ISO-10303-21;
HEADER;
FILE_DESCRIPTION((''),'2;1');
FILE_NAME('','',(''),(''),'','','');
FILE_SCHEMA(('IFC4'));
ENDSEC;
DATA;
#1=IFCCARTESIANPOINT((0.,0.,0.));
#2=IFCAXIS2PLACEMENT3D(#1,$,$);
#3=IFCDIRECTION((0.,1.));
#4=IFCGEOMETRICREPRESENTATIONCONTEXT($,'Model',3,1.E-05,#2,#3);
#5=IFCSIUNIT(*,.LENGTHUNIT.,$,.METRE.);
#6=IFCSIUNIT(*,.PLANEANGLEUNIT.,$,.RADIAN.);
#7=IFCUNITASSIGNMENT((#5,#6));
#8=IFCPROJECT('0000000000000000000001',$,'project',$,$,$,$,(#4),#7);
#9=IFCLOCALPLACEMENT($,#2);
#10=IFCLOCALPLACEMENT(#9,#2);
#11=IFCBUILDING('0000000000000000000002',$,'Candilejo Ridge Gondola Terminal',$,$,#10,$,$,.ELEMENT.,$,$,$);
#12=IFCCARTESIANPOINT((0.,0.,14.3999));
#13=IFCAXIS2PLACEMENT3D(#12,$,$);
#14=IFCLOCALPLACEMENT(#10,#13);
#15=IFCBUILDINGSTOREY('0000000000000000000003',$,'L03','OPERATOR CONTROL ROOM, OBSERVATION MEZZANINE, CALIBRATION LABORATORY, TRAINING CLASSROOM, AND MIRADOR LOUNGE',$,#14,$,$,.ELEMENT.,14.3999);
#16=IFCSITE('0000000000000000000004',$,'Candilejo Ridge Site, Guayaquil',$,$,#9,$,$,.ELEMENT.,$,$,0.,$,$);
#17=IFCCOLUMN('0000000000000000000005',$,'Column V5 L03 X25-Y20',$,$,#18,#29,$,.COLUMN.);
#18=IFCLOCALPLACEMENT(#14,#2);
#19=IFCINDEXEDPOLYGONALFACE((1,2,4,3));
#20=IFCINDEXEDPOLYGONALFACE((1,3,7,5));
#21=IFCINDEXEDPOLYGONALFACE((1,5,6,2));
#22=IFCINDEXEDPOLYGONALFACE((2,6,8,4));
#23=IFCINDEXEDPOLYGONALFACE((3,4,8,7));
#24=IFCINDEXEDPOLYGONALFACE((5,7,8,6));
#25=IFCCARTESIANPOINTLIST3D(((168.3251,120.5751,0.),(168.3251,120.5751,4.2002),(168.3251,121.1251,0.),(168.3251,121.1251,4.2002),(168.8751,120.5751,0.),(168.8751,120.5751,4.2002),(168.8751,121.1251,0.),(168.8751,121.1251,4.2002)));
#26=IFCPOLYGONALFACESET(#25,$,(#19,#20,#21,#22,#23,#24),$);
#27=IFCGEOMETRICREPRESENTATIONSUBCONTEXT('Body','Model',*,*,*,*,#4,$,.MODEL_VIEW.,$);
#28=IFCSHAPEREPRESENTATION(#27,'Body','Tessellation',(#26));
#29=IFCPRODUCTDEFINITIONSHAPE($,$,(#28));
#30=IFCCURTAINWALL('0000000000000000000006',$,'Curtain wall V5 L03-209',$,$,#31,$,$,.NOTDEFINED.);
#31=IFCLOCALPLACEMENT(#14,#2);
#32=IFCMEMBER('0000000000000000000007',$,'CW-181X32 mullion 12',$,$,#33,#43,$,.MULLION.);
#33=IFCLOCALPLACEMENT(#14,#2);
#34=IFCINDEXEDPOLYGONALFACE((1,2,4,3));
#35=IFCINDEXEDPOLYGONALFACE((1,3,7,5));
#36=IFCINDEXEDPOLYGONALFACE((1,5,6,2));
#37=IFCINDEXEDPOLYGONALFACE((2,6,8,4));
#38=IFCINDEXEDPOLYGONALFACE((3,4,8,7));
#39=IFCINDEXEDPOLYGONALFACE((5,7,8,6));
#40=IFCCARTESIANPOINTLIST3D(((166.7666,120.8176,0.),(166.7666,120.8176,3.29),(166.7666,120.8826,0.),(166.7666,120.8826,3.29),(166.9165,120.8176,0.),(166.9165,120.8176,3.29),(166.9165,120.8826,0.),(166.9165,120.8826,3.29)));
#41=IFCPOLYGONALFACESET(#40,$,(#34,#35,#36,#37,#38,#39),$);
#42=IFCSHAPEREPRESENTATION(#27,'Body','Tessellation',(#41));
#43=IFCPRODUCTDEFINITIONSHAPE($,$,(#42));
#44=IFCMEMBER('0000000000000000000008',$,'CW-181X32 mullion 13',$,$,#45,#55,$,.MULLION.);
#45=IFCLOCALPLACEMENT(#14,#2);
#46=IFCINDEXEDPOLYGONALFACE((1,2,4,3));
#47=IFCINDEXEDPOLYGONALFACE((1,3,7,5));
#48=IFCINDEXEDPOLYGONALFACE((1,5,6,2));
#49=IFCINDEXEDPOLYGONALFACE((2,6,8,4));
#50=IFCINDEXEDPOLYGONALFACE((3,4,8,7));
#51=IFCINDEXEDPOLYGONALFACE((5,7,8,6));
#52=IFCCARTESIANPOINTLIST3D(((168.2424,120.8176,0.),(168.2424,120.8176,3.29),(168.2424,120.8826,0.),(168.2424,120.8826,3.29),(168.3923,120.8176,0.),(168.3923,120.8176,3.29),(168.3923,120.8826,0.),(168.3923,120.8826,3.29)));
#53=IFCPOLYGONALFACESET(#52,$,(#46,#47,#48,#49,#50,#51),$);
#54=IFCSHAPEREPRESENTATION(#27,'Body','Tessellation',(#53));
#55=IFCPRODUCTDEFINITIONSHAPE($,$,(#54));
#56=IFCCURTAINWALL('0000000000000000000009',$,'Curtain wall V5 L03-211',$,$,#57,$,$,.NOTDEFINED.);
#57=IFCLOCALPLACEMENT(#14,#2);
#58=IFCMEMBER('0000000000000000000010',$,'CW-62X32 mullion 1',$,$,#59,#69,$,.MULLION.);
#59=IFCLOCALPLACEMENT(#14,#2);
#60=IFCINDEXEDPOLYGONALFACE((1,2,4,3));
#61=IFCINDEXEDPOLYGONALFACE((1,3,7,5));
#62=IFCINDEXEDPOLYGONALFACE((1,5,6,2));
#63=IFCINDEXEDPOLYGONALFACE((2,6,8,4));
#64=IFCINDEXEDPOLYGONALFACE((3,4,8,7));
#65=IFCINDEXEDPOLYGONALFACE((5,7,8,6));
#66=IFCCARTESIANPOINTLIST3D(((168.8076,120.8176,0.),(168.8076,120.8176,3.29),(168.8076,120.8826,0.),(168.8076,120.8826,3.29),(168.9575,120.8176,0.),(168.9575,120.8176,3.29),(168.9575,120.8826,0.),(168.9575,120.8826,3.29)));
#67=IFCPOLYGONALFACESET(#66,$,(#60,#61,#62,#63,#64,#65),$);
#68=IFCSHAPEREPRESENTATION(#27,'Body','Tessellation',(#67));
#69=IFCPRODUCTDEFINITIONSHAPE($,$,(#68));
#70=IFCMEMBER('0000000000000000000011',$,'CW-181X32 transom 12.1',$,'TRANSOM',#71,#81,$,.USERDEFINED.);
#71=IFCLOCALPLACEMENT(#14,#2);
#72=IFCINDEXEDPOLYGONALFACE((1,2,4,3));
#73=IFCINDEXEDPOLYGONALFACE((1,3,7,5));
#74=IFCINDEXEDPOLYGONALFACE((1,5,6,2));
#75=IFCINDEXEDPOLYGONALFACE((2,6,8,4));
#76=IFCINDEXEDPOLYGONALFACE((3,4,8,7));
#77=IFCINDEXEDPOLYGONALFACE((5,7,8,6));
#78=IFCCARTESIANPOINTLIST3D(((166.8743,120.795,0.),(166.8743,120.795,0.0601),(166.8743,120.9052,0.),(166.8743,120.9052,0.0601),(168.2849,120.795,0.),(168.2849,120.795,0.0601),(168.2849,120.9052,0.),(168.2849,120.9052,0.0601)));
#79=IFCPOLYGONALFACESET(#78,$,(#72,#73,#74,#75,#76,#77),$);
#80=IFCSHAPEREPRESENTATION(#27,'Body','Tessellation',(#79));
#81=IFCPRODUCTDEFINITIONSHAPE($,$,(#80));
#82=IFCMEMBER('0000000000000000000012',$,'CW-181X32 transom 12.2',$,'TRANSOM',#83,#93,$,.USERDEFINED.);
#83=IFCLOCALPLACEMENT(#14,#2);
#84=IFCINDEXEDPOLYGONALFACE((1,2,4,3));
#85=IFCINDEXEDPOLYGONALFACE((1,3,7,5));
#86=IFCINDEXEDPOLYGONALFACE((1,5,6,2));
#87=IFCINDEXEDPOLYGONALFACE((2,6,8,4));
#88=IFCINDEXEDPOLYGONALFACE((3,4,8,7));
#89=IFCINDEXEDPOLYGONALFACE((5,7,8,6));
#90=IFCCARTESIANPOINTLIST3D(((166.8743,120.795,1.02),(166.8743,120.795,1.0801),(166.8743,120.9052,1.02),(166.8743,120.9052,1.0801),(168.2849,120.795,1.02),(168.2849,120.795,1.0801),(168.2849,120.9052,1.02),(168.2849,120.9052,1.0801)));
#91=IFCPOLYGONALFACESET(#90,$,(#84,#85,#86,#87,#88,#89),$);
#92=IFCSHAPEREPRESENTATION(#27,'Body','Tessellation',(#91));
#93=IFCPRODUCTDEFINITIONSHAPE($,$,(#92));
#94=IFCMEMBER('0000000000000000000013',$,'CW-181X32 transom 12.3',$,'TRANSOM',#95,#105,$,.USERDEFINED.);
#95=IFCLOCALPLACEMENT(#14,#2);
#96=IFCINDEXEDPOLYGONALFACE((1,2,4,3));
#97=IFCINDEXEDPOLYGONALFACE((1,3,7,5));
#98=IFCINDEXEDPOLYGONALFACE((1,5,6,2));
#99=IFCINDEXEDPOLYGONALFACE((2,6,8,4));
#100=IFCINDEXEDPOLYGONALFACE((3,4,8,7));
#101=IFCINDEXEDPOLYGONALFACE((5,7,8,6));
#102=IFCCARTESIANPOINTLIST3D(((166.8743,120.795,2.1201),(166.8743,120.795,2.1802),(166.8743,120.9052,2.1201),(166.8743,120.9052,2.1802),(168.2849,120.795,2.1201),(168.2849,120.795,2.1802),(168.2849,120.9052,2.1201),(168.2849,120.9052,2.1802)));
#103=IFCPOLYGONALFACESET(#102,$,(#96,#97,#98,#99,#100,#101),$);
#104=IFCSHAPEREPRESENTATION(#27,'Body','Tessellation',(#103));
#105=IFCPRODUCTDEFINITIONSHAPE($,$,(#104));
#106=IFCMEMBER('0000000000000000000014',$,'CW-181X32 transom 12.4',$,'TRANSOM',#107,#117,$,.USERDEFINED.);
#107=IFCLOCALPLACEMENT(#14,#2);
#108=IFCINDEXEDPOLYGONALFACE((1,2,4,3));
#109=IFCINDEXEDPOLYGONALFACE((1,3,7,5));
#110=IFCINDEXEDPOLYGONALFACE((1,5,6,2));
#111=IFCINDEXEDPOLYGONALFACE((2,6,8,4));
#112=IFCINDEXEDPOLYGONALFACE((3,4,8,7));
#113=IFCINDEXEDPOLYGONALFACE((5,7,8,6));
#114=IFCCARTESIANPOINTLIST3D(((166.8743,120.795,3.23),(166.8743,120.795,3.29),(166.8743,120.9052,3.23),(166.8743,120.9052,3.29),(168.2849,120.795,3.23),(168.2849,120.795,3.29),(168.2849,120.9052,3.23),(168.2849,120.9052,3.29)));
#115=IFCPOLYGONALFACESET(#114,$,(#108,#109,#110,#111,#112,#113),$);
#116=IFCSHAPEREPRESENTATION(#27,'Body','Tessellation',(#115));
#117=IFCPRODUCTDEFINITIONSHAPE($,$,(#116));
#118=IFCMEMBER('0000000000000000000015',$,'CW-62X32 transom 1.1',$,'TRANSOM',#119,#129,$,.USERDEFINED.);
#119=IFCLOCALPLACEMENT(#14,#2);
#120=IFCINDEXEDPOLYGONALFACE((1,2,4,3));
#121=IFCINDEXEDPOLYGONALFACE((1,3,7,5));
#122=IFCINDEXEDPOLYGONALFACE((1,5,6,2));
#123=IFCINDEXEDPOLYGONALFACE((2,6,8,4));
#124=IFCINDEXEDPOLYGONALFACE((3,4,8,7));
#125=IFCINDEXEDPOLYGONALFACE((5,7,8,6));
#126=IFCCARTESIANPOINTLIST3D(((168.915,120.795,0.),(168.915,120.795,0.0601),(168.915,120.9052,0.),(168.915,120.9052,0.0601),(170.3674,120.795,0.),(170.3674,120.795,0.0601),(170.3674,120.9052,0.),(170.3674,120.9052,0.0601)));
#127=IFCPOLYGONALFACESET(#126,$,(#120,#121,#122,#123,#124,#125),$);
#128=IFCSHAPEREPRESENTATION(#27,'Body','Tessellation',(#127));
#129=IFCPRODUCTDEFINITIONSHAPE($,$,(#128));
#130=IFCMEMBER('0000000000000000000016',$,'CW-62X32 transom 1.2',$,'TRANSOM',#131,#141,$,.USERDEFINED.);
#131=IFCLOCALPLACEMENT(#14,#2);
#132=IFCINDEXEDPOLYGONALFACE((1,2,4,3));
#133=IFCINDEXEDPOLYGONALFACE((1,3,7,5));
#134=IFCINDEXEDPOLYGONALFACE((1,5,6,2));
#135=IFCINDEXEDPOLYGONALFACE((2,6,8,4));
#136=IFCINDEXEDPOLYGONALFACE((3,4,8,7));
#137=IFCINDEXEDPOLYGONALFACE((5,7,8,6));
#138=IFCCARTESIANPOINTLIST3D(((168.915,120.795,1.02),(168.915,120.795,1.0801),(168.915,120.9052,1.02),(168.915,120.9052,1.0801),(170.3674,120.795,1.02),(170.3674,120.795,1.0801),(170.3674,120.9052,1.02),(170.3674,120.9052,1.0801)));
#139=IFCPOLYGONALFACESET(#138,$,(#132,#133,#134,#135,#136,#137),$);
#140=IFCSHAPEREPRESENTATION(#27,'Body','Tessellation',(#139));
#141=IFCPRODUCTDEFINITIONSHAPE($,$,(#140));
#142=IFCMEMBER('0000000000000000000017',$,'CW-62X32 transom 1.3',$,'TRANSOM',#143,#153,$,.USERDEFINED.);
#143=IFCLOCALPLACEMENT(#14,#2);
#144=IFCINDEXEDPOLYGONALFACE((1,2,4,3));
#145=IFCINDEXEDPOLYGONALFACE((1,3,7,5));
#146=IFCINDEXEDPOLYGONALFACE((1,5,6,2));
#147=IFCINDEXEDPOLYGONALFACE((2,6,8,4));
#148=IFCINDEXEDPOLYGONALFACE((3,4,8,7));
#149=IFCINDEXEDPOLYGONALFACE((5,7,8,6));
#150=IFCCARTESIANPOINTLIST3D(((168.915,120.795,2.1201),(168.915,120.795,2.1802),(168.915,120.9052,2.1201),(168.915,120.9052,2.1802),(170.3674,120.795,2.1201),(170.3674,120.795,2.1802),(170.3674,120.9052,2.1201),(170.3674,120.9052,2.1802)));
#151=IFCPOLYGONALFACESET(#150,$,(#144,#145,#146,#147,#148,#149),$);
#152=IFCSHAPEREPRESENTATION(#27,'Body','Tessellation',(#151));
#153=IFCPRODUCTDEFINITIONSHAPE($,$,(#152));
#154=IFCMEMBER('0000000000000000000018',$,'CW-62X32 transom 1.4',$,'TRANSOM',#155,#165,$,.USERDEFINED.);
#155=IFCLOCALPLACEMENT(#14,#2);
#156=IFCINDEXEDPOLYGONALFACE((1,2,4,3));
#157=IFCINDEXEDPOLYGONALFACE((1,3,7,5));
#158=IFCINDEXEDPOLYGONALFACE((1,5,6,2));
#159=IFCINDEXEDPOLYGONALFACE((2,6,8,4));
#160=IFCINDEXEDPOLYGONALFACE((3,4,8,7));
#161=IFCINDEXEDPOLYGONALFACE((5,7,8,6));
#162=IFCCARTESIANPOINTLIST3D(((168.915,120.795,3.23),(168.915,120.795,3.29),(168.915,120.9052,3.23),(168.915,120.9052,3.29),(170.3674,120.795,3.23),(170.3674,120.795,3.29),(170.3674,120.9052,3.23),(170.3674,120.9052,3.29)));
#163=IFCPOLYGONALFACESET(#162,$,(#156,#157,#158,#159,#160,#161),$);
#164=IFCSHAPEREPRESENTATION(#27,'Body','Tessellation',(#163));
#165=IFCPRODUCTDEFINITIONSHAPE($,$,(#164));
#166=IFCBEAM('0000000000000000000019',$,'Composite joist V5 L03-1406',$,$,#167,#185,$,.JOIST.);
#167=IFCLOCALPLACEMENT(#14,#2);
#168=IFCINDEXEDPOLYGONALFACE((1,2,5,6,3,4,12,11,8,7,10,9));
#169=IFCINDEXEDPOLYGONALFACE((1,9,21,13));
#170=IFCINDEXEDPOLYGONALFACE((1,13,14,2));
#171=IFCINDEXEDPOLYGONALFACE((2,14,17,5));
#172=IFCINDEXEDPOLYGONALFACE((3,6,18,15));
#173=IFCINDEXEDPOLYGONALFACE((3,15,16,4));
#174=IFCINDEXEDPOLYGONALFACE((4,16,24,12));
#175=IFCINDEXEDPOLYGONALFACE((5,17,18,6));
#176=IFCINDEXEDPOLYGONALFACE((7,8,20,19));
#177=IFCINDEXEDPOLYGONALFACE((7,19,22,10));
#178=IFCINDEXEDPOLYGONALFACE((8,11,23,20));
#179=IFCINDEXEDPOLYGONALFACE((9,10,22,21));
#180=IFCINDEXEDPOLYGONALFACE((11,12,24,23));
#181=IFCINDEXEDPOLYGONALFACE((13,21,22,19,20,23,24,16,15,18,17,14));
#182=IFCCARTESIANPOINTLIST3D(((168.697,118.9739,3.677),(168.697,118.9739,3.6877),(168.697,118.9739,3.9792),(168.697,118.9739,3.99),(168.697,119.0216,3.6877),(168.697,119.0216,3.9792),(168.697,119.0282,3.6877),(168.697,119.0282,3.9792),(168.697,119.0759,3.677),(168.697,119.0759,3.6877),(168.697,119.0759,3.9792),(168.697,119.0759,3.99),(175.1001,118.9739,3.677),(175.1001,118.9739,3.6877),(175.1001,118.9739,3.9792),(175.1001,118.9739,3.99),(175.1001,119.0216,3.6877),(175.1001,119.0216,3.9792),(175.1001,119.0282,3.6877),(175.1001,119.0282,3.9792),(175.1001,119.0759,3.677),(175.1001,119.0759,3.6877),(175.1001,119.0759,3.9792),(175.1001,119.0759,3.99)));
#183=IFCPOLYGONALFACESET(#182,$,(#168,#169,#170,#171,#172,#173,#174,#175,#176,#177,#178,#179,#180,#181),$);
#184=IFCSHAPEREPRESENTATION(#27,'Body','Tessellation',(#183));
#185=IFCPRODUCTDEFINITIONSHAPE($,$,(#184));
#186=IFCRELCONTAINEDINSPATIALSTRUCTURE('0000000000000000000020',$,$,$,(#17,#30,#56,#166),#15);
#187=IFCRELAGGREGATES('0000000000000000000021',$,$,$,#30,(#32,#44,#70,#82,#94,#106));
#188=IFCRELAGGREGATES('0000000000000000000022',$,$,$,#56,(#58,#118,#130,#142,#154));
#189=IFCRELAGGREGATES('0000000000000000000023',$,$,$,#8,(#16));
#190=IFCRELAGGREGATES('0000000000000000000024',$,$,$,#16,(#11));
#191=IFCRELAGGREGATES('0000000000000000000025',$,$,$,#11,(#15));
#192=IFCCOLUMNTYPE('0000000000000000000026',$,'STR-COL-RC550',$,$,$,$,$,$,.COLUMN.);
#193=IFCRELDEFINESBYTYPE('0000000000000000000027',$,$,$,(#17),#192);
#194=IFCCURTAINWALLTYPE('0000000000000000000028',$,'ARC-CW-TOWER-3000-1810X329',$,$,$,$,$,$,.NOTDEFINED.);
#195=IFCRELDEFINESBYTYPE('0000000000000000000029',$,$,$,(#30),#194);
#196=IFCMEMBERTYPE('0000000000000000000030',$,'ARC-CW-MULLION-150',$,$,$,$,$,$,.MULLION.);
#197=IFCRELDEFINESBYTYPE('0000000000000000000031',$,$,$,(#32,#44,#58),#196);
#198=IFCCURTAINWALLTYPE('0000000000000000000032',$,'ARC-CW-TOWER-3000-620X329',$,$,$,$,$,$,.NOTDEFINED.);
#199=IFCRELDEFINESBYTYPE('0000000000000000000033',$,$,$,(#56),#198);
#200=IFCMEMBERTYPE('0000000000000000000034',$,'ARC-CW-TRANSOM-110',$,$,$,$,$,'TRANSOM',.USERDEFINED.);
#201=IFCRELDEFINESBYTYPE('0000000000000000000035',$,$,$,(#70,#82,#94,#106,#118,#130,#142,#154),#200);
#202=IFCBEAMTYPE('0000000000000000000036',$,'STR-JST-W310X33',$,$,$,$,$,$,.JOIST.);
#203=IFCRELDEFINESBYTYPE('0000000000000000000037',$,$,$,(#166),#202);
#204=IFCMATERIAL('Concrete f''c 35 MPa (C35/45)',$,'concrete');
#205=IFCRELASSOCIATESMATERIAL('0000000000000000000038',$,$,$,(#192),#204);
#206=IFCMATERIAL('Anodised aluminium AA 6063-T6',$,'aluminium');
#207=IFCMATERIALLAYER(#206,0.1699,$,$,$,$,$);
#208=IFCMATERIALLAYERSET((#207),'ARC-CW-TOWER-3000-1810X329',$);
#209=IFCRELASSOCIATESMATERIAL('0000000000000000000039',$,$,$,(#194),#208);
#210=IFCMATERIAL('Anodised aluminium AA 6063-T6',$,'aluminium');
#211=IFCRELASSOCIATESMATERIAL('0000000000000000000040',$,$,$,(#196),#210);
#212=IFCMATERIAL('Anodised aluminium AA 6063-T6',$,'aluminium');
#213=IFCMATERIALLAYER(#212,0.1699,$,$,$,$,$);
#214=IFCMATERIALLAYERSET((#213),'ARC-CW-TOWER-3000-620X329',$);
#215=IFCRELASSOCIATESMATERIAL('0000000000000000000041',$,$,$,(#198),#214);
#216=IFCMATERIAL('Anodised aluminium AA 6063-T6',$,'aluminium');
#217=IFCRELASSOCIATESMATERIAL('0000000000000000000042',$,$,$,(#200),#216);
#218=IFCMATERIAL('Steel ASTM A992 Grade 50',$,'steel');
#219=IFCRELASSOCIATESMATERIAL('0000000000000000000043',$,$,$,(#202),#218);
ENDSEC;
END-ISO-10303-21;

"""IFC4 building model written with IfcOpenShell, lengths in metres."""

from ifc_helpers import new_model, si_unit, direction, frame, origin, origin_2d, place, context, subcontext, project, spatial, rectangle, i_section, extrude, material, layer, layer_set, material_profile, profile_set, type_object, element, aggregate, save


model = new_model("IFC4")

# Units and contexts
model_context = context("Model", 3, precision=1e-05, world=origin(), true_north=direction((0.0, 1.0)))
body_context = subcontext(model_context, "Body", "Model", "MODEL_VIEW")
ifc_project = project(units=[si_unit("LENGTHUNIT", "METRE"), si_unit("PLANEANGLEUNIT", "RADIAN")], contexts=[model_context])

# Site, building, storey
site_placement = place(None, origin())
site = spatial("IfcSite", under=ifc_project, at=site_placement, Name="Candilejo Ridge Site, Guayaquil", CompositionType="ELEMENT", RefElevation=0.0)
building_placement = place(site_placement, origin())
building = spatial("IfcBuilding", under=site, at=building_placement, Name="Candilejo Ridge Gondola Terminal", CompositionType="ELEMENT")
storey_placement = place(building_placement, frame((0.0, 0.0, 14.3999)))
storey = spatial("IfcBuildingStorey", under=building, at=storey_placement, Name="L03", Description="OPERATOR CONTROL ROOM, OBSERVATION MEZZANINE, CALIBRATION LABORATORY, TRAINING CLASSROOM, AND MIRADOR LOUNGE", CompositionType="ELEMENT", Elevation=14.3999)

# Column
ifc_material_1 = material(Name="Concrete f'c 35 MPa (C35/45)", Category="concrete")
ifc_material_profile_1 = material_profile(ifc_material_1, rectangle(XDim=0.55, YDim=0.55, at=origin_2d()))
ifc_profile_set_1 = profile_set([ifc_material_profile_1], Name="Concrete f'c 35 MPa (C35/45)")
column_type = type_object("IfcColumnType", Name="STR-COL-RC550", PredefinedType="COLUMN", material=ifc_profile_set_1)
column_placement = place(storey_placement, frame((168.6001, 120.8501, 0.0), z_axis=(0.0, 0.0, 1.0), x_axis=(1.0, 0.0, 0.0)))
element("IfcColumn", 1, at=column_placement, inside=storey, type_object=column_type, Name="Column V5 L03 X25-Y20", PredefinedType="COLUMN", context=body_context, shape_type="SweptSolid", body=[
    extrude(rectangle(XDim=0.55, YDim=0.55, at=origin_2d()), origin(), (0.0, 0.0, 1.0), 4.2002),
])

# Curtain wall, members
ifc_material_2 = material(Name="Anodised aluminium AA 6063-T6", Category="aluminium")
ifc_layer_1 = layer(ifc_material_2, 0.1699)
ifc_layer_set_1 = layer_set([ifc_layer_1], Name="ARC-CW-TOWER-3000-1810X329")
curtain_wall_type_1 = type_object("IfcCurtainWallType", Name="ARC-CW-TOWER-3000-1810X329", PredefinedType="NOTDEFINED", material=ifc_layer_set_1)
curtain_wall_1_placement = place(storey_placement, origin())
curtain_wall_1 = element("IfcCurtainWall", 2, at=curtain_wall_1_placement, inside=storey, type_object=curtain_wall_type_1, Name="Curtain wall V5 L03-209", PredefinedType="NOTDEFINED")
ifc_material_3 = material(Name="Anodised aluminium AA 6063-T6", Category="aluminium")
ifc_material_profile_2 = material_profile(ifc_material_3, rectangle(XDim=0.0649, YDim=0.1499, at=origin_2d()))
ifc_profile_set_2 = profile_set([ifc_material_profile_2], Name="Anodised aluminium AA 6063-T6")
member_type_1 = type_object("IfcMemberType", Name="ARC-CW-MULLION-150", PredefinedType="MULLION", material=ifc_profile_set_2)
member_1_placement = place(storey_placement, frame((166.8416, 120.8501, 0.0), z_axis=(0.0, 0.0, 1.0), x_axis=(0.0, 1.0, 0.0)))
member_1 = element("IfcMember", 3, at=member_1_placement, type_object=member_type_1, Name="CW-181X32 mullion 12", PredefinedType="MULLION", context=body_context, shape_type="SweptSolid", body=[
    extrude(rectangle(XDim=0.0649, YDim=0.1499, at=origin_2d()), origin(), (0.0, 0.0, 1.0), 3.29),
])
member_2_placement = place(storey_placement, frame((168.3174, 120.8501, 0.0), z_axis=(0.0, 0.0, 1.0), x_axis=(0.0, 1.0, 0.0)))
member_2 = element("IfcMember", 4, at=member_2_placement, type_object=member_type_1, Name="CW-181X32 mullion 13", PredefinedType="MULLION", context=body_context, shape_type="SweptSolid", body=[
    extrude(rectangle(XDim=0.0649, YDim=0.1499, at=origin_2d()), origin(), (0.0, 0.0, 1.0), 3.29),
])

# Curtain wall, member
ifc_material_4 = material(Name="Anodised aluminium AA 6063-T6", Category="aluminium")
ifc_layer_2 = layer(ifc_material_4, 0.1699)
ifc_layer_set_2 = layer_set([ifc_layer_2], Name="ARC-CW-TOWER-3000-620X329")
curtain_wall_type_2 = type_object("IfcCurtainWallType", Name="ARC-CW-TOWER-3000-620X329", PredefinedType="NOTDEFINED", material=ifc_layer_set_2)
curtain_wall_2_placement = place(storey_placement, origin())
curtain_wall_2 = element("IfcCurtainWall", 5, at=curtain_wall_2_placement, inside=storey, type_object=curtain_wall_type_2, Name="Curtain wall V5 L03-211", PredefinedType="NOTDEFINED")
member_3_placement = place(storey_placement, frame((168.8826, 120.8501, 0.0), z_axis=(0.0, 0.0, 1.0), x_axis=(0.0, 1.0, 0.0)))
member_3 = element("IfcMember", 6, at=member_3_placement, type_object=member_type_1, Name="CW-62X32 mullion 1", PredefinedType="MULLION", context=body_context, shape_type="SweptSolid", body=[
    extrude(rectangle(XDim=0.0649, YDim=0.1499, at=origin_2d()), origin(), (0.0, 0.0, 1.0), 3.29),
])

# Members
ifc_material_5 = material(Name="Anodised aluminium AA 6063-T6", Category="aluminium")
ifc_material_profile_3 = material_profile(ifc_material_5, rectangle(XDim=0.1101, YDim=0.0601, at=origin_2d()))
ifc_profile_set_3 = profile_set([ifc_material_profile_3], Name="Anodised aluminium AA 6063-T6")
member_type_2 = type_object("IfcMemberType", Name="ARC-CW-TRANSOM-110", ElementType="TRANSOM", PredefinedType="USERDEFINED", material=ifc_profile_set_3)
member_4_placement = place(storey_placement, frame((166.8743, 120.8501, 0.03), z_axis=(1.0, 0.0, 0.0), x_axis=(0.0, 1.0, 0.0)))
member_4 = element("IfcMember", 7, at=member_4_placement, type_object=member_type_2, Name="CW-181X32 transom 12.1", ObjectType="TRANSOM", PredefinedType="USERDEFINED", context=body_context, shape_type="SweptSolid", body=[
    extrude(rectangle(XDim=0.1101, YDim=0.0601, at=origin_2d()), origin(), (0.0, 0.0, 1.0), 1.4106),
])
member_5_placement = place(storey_placement, frame((166.8743, 120.8501, 1.05), z_axis=(1.0, 0.0, 0.0), x_axis=(0.0, 1.0, 0.0)))
member_5 = element("IfcMember", 8, at=member_5_placement, type_object=member_type_2, Name="CW-181X32 transom 12.2", ObjectType="TRANSOM", PredefinedType="USERDEFINED", context=body_context, shape_type="SweptSolid", body=[
    extrude(rectangle(XDim=0.1101, YDim=0.0601, at=origin_2d()), origin(), (0.0, 0.0, 1.0), 1.4106),
])
member_6_placement = place(storey_placement, frame((166.8743, 120.8501, 2.1501), z_axis=(1.0, 0.0, 0.0), x_axis=(0.0, 1.0, 0.0)))
member_6 = element("IfcMember", 9, at=member_6_placement, type_object=member_type_2, Name="CW-181X32 transom 12.3", ObjectType="TRANSOM", PredefinedType="USERDEFINED", context=body_context, shape_type="SweptSolid", body=[
    extrude(rectangle(XDim=0.1101, YDim=0.0601, at=origin_2d()), origin(), (0.0, 0.0, 1.0), 1.4106),
])
member_7_placement = place(storey_placement, frame((166.8743, 120.8501, 3.26), z_axis=(1.0, 0.0, 0.0), x_axis=(0.0, 1.0, 0.0)))
member_7 = element("IfcMember", 10, at=member_7_placement, type_object=member_type_2, Name="CW-181X32 transom 12.4", ObjectType="TRANSOM", PredefinedType="USERDEFINED", context=body_context, shape_type="SweptSolid", body=[
    extrude(rectangle(XDim=0.1101, YDim=0.0601, at=origin_2d()), origin(), (0.0, 0.0, 1.0), 1.4106),
])
member_8_placement = place(storey_placement, frame((168.915, 120.8501, 0.03), z_axis=(1.0, 0.0, 0.0), x_axis=(0.0, 1.0, 0.0)))
member_8 = element("IfcMember", 11, at=member_8_placement, type_object=member_type_2, Name="CW-62X32 transom 1.1", ObjectType="TRANSOM", PredefinedType="USERDEFINED", context=body_context, shape_type="SweptSolid", body=[
    extrude(rectangle(XDim=0.1101, YDim=0.0601, at=origin_2d()), origin(), (0.0, 0.0, 1.0), 1.4524),
])
member_9_placement = place(storey_placement, frame((168.915, 120.8501, 1.05), z_axis=(1.0, 0.0, 0.0), x_axis=(0.0, 1.0, 0.0)))
member_9 = element("IfcMember", 12, at=member_9_placement, type_object=member_type_2, Name="CW-62X32 transom 1.2", ObjectType="TRANSOM", PredefinedType="USERDEFINED", context=body_context, shape_type="SweptSolid", body=[
    extrude(rectangle(XDim=0.1101, YDim=0.0601, at=origin_2d()), origin(), (0.0, 0.0, 1.0), 1.4524),
])
member_10_placement = place(storey_placement, frame((168.915, 120.8501, 2.1501), z_axis=(1.0, 0.0, 0.0), x_axis=(0.0, 1.0, 0.0)))
member_10 = element("IfcMember", 13, at=member_10_placement, type_object=member_type_2, Name="CW-62X32 transom 1.3", ObjectType="TRANSOM", PredefinedType="USERDEFINED", context=body_context, shape_type="SweptSolid", body=[
    extrude(rectangle(XDim=0.1101, YDim=0.0601, at=origin_2d()), origin(), (0.0, 0.0, 1.0), 1.4524),
])
member_11_placement = place(storey_placement, frame((168.915, 120.8501, 3.26), z_axis=(1.0, 0.0, 0.0), x_axis=(0.0, 1.0, 0.0)))
member_11 = element("IfcMember", 14, at=member_11_placement, type_object=member_type_2, Name="CW-62X32 transom 1.4", ObjectType="TRANSOM", PredefinedType="USERDEFINED", context=body_context, shape_type="SweptSolid", body=[
    extrude(rectangle(XDim=0.1101, YDim=0.0601, at=origin_2d()), origin(), (0.0, 0.0, 1.0), 1.4524),
])

# Beam
ifc_material_6 = material(Name="Steel ASTM A992 Grade 50", Category="steel")
ifc_material_profile_4 = material_profile(ifc_material_6, i_section(OverallWidth=0.1021, OverallDepth=0.313, WebThickness=0.0066, FlangeThickness=0.0107, at=origin_2d()))
ifc_profile_set_4 = profile_set([ifc_material_profile_4], Name="Steel ASTM A992 Grade 50")
beam_type_1 = type_object("IfcBeamType", Name="STR-JST-W310X33", PredefinedType="JOIST", material=ifc_profile_set_4)
beam_1_placement = place(storey_placement, frame((168.697, 119.0249, 3.8335), z_axis=(1.0, 0.0, 0.0), x_axis=(0.0, 1.0, 0.0)))
element("IfcBeam", 15, at=beam_1_placement, inside=storey, type_object=beam_type_1, Name="Composite joist V5 L03-1406", PredefinedType="JOIST", context=body_context, shape_type="SweptSolid", body=[
    extrude(i_section(OverallWidth=0.1021, OverallDepth=0.313, WebThickness=0.0066, FlangeThickness=0.0107, at=origin_2d()), origin(), (0.0, 0.0, 1.0), 6.4031),
])

aggregate(curtain_wall_1, [member_1, member_2, member_4, member_5, member_6, member_7])
aggregate(curtain_wall_2, [member_3, member_8, member_9, member_10, member_11])

save(model, "model.ifc")
